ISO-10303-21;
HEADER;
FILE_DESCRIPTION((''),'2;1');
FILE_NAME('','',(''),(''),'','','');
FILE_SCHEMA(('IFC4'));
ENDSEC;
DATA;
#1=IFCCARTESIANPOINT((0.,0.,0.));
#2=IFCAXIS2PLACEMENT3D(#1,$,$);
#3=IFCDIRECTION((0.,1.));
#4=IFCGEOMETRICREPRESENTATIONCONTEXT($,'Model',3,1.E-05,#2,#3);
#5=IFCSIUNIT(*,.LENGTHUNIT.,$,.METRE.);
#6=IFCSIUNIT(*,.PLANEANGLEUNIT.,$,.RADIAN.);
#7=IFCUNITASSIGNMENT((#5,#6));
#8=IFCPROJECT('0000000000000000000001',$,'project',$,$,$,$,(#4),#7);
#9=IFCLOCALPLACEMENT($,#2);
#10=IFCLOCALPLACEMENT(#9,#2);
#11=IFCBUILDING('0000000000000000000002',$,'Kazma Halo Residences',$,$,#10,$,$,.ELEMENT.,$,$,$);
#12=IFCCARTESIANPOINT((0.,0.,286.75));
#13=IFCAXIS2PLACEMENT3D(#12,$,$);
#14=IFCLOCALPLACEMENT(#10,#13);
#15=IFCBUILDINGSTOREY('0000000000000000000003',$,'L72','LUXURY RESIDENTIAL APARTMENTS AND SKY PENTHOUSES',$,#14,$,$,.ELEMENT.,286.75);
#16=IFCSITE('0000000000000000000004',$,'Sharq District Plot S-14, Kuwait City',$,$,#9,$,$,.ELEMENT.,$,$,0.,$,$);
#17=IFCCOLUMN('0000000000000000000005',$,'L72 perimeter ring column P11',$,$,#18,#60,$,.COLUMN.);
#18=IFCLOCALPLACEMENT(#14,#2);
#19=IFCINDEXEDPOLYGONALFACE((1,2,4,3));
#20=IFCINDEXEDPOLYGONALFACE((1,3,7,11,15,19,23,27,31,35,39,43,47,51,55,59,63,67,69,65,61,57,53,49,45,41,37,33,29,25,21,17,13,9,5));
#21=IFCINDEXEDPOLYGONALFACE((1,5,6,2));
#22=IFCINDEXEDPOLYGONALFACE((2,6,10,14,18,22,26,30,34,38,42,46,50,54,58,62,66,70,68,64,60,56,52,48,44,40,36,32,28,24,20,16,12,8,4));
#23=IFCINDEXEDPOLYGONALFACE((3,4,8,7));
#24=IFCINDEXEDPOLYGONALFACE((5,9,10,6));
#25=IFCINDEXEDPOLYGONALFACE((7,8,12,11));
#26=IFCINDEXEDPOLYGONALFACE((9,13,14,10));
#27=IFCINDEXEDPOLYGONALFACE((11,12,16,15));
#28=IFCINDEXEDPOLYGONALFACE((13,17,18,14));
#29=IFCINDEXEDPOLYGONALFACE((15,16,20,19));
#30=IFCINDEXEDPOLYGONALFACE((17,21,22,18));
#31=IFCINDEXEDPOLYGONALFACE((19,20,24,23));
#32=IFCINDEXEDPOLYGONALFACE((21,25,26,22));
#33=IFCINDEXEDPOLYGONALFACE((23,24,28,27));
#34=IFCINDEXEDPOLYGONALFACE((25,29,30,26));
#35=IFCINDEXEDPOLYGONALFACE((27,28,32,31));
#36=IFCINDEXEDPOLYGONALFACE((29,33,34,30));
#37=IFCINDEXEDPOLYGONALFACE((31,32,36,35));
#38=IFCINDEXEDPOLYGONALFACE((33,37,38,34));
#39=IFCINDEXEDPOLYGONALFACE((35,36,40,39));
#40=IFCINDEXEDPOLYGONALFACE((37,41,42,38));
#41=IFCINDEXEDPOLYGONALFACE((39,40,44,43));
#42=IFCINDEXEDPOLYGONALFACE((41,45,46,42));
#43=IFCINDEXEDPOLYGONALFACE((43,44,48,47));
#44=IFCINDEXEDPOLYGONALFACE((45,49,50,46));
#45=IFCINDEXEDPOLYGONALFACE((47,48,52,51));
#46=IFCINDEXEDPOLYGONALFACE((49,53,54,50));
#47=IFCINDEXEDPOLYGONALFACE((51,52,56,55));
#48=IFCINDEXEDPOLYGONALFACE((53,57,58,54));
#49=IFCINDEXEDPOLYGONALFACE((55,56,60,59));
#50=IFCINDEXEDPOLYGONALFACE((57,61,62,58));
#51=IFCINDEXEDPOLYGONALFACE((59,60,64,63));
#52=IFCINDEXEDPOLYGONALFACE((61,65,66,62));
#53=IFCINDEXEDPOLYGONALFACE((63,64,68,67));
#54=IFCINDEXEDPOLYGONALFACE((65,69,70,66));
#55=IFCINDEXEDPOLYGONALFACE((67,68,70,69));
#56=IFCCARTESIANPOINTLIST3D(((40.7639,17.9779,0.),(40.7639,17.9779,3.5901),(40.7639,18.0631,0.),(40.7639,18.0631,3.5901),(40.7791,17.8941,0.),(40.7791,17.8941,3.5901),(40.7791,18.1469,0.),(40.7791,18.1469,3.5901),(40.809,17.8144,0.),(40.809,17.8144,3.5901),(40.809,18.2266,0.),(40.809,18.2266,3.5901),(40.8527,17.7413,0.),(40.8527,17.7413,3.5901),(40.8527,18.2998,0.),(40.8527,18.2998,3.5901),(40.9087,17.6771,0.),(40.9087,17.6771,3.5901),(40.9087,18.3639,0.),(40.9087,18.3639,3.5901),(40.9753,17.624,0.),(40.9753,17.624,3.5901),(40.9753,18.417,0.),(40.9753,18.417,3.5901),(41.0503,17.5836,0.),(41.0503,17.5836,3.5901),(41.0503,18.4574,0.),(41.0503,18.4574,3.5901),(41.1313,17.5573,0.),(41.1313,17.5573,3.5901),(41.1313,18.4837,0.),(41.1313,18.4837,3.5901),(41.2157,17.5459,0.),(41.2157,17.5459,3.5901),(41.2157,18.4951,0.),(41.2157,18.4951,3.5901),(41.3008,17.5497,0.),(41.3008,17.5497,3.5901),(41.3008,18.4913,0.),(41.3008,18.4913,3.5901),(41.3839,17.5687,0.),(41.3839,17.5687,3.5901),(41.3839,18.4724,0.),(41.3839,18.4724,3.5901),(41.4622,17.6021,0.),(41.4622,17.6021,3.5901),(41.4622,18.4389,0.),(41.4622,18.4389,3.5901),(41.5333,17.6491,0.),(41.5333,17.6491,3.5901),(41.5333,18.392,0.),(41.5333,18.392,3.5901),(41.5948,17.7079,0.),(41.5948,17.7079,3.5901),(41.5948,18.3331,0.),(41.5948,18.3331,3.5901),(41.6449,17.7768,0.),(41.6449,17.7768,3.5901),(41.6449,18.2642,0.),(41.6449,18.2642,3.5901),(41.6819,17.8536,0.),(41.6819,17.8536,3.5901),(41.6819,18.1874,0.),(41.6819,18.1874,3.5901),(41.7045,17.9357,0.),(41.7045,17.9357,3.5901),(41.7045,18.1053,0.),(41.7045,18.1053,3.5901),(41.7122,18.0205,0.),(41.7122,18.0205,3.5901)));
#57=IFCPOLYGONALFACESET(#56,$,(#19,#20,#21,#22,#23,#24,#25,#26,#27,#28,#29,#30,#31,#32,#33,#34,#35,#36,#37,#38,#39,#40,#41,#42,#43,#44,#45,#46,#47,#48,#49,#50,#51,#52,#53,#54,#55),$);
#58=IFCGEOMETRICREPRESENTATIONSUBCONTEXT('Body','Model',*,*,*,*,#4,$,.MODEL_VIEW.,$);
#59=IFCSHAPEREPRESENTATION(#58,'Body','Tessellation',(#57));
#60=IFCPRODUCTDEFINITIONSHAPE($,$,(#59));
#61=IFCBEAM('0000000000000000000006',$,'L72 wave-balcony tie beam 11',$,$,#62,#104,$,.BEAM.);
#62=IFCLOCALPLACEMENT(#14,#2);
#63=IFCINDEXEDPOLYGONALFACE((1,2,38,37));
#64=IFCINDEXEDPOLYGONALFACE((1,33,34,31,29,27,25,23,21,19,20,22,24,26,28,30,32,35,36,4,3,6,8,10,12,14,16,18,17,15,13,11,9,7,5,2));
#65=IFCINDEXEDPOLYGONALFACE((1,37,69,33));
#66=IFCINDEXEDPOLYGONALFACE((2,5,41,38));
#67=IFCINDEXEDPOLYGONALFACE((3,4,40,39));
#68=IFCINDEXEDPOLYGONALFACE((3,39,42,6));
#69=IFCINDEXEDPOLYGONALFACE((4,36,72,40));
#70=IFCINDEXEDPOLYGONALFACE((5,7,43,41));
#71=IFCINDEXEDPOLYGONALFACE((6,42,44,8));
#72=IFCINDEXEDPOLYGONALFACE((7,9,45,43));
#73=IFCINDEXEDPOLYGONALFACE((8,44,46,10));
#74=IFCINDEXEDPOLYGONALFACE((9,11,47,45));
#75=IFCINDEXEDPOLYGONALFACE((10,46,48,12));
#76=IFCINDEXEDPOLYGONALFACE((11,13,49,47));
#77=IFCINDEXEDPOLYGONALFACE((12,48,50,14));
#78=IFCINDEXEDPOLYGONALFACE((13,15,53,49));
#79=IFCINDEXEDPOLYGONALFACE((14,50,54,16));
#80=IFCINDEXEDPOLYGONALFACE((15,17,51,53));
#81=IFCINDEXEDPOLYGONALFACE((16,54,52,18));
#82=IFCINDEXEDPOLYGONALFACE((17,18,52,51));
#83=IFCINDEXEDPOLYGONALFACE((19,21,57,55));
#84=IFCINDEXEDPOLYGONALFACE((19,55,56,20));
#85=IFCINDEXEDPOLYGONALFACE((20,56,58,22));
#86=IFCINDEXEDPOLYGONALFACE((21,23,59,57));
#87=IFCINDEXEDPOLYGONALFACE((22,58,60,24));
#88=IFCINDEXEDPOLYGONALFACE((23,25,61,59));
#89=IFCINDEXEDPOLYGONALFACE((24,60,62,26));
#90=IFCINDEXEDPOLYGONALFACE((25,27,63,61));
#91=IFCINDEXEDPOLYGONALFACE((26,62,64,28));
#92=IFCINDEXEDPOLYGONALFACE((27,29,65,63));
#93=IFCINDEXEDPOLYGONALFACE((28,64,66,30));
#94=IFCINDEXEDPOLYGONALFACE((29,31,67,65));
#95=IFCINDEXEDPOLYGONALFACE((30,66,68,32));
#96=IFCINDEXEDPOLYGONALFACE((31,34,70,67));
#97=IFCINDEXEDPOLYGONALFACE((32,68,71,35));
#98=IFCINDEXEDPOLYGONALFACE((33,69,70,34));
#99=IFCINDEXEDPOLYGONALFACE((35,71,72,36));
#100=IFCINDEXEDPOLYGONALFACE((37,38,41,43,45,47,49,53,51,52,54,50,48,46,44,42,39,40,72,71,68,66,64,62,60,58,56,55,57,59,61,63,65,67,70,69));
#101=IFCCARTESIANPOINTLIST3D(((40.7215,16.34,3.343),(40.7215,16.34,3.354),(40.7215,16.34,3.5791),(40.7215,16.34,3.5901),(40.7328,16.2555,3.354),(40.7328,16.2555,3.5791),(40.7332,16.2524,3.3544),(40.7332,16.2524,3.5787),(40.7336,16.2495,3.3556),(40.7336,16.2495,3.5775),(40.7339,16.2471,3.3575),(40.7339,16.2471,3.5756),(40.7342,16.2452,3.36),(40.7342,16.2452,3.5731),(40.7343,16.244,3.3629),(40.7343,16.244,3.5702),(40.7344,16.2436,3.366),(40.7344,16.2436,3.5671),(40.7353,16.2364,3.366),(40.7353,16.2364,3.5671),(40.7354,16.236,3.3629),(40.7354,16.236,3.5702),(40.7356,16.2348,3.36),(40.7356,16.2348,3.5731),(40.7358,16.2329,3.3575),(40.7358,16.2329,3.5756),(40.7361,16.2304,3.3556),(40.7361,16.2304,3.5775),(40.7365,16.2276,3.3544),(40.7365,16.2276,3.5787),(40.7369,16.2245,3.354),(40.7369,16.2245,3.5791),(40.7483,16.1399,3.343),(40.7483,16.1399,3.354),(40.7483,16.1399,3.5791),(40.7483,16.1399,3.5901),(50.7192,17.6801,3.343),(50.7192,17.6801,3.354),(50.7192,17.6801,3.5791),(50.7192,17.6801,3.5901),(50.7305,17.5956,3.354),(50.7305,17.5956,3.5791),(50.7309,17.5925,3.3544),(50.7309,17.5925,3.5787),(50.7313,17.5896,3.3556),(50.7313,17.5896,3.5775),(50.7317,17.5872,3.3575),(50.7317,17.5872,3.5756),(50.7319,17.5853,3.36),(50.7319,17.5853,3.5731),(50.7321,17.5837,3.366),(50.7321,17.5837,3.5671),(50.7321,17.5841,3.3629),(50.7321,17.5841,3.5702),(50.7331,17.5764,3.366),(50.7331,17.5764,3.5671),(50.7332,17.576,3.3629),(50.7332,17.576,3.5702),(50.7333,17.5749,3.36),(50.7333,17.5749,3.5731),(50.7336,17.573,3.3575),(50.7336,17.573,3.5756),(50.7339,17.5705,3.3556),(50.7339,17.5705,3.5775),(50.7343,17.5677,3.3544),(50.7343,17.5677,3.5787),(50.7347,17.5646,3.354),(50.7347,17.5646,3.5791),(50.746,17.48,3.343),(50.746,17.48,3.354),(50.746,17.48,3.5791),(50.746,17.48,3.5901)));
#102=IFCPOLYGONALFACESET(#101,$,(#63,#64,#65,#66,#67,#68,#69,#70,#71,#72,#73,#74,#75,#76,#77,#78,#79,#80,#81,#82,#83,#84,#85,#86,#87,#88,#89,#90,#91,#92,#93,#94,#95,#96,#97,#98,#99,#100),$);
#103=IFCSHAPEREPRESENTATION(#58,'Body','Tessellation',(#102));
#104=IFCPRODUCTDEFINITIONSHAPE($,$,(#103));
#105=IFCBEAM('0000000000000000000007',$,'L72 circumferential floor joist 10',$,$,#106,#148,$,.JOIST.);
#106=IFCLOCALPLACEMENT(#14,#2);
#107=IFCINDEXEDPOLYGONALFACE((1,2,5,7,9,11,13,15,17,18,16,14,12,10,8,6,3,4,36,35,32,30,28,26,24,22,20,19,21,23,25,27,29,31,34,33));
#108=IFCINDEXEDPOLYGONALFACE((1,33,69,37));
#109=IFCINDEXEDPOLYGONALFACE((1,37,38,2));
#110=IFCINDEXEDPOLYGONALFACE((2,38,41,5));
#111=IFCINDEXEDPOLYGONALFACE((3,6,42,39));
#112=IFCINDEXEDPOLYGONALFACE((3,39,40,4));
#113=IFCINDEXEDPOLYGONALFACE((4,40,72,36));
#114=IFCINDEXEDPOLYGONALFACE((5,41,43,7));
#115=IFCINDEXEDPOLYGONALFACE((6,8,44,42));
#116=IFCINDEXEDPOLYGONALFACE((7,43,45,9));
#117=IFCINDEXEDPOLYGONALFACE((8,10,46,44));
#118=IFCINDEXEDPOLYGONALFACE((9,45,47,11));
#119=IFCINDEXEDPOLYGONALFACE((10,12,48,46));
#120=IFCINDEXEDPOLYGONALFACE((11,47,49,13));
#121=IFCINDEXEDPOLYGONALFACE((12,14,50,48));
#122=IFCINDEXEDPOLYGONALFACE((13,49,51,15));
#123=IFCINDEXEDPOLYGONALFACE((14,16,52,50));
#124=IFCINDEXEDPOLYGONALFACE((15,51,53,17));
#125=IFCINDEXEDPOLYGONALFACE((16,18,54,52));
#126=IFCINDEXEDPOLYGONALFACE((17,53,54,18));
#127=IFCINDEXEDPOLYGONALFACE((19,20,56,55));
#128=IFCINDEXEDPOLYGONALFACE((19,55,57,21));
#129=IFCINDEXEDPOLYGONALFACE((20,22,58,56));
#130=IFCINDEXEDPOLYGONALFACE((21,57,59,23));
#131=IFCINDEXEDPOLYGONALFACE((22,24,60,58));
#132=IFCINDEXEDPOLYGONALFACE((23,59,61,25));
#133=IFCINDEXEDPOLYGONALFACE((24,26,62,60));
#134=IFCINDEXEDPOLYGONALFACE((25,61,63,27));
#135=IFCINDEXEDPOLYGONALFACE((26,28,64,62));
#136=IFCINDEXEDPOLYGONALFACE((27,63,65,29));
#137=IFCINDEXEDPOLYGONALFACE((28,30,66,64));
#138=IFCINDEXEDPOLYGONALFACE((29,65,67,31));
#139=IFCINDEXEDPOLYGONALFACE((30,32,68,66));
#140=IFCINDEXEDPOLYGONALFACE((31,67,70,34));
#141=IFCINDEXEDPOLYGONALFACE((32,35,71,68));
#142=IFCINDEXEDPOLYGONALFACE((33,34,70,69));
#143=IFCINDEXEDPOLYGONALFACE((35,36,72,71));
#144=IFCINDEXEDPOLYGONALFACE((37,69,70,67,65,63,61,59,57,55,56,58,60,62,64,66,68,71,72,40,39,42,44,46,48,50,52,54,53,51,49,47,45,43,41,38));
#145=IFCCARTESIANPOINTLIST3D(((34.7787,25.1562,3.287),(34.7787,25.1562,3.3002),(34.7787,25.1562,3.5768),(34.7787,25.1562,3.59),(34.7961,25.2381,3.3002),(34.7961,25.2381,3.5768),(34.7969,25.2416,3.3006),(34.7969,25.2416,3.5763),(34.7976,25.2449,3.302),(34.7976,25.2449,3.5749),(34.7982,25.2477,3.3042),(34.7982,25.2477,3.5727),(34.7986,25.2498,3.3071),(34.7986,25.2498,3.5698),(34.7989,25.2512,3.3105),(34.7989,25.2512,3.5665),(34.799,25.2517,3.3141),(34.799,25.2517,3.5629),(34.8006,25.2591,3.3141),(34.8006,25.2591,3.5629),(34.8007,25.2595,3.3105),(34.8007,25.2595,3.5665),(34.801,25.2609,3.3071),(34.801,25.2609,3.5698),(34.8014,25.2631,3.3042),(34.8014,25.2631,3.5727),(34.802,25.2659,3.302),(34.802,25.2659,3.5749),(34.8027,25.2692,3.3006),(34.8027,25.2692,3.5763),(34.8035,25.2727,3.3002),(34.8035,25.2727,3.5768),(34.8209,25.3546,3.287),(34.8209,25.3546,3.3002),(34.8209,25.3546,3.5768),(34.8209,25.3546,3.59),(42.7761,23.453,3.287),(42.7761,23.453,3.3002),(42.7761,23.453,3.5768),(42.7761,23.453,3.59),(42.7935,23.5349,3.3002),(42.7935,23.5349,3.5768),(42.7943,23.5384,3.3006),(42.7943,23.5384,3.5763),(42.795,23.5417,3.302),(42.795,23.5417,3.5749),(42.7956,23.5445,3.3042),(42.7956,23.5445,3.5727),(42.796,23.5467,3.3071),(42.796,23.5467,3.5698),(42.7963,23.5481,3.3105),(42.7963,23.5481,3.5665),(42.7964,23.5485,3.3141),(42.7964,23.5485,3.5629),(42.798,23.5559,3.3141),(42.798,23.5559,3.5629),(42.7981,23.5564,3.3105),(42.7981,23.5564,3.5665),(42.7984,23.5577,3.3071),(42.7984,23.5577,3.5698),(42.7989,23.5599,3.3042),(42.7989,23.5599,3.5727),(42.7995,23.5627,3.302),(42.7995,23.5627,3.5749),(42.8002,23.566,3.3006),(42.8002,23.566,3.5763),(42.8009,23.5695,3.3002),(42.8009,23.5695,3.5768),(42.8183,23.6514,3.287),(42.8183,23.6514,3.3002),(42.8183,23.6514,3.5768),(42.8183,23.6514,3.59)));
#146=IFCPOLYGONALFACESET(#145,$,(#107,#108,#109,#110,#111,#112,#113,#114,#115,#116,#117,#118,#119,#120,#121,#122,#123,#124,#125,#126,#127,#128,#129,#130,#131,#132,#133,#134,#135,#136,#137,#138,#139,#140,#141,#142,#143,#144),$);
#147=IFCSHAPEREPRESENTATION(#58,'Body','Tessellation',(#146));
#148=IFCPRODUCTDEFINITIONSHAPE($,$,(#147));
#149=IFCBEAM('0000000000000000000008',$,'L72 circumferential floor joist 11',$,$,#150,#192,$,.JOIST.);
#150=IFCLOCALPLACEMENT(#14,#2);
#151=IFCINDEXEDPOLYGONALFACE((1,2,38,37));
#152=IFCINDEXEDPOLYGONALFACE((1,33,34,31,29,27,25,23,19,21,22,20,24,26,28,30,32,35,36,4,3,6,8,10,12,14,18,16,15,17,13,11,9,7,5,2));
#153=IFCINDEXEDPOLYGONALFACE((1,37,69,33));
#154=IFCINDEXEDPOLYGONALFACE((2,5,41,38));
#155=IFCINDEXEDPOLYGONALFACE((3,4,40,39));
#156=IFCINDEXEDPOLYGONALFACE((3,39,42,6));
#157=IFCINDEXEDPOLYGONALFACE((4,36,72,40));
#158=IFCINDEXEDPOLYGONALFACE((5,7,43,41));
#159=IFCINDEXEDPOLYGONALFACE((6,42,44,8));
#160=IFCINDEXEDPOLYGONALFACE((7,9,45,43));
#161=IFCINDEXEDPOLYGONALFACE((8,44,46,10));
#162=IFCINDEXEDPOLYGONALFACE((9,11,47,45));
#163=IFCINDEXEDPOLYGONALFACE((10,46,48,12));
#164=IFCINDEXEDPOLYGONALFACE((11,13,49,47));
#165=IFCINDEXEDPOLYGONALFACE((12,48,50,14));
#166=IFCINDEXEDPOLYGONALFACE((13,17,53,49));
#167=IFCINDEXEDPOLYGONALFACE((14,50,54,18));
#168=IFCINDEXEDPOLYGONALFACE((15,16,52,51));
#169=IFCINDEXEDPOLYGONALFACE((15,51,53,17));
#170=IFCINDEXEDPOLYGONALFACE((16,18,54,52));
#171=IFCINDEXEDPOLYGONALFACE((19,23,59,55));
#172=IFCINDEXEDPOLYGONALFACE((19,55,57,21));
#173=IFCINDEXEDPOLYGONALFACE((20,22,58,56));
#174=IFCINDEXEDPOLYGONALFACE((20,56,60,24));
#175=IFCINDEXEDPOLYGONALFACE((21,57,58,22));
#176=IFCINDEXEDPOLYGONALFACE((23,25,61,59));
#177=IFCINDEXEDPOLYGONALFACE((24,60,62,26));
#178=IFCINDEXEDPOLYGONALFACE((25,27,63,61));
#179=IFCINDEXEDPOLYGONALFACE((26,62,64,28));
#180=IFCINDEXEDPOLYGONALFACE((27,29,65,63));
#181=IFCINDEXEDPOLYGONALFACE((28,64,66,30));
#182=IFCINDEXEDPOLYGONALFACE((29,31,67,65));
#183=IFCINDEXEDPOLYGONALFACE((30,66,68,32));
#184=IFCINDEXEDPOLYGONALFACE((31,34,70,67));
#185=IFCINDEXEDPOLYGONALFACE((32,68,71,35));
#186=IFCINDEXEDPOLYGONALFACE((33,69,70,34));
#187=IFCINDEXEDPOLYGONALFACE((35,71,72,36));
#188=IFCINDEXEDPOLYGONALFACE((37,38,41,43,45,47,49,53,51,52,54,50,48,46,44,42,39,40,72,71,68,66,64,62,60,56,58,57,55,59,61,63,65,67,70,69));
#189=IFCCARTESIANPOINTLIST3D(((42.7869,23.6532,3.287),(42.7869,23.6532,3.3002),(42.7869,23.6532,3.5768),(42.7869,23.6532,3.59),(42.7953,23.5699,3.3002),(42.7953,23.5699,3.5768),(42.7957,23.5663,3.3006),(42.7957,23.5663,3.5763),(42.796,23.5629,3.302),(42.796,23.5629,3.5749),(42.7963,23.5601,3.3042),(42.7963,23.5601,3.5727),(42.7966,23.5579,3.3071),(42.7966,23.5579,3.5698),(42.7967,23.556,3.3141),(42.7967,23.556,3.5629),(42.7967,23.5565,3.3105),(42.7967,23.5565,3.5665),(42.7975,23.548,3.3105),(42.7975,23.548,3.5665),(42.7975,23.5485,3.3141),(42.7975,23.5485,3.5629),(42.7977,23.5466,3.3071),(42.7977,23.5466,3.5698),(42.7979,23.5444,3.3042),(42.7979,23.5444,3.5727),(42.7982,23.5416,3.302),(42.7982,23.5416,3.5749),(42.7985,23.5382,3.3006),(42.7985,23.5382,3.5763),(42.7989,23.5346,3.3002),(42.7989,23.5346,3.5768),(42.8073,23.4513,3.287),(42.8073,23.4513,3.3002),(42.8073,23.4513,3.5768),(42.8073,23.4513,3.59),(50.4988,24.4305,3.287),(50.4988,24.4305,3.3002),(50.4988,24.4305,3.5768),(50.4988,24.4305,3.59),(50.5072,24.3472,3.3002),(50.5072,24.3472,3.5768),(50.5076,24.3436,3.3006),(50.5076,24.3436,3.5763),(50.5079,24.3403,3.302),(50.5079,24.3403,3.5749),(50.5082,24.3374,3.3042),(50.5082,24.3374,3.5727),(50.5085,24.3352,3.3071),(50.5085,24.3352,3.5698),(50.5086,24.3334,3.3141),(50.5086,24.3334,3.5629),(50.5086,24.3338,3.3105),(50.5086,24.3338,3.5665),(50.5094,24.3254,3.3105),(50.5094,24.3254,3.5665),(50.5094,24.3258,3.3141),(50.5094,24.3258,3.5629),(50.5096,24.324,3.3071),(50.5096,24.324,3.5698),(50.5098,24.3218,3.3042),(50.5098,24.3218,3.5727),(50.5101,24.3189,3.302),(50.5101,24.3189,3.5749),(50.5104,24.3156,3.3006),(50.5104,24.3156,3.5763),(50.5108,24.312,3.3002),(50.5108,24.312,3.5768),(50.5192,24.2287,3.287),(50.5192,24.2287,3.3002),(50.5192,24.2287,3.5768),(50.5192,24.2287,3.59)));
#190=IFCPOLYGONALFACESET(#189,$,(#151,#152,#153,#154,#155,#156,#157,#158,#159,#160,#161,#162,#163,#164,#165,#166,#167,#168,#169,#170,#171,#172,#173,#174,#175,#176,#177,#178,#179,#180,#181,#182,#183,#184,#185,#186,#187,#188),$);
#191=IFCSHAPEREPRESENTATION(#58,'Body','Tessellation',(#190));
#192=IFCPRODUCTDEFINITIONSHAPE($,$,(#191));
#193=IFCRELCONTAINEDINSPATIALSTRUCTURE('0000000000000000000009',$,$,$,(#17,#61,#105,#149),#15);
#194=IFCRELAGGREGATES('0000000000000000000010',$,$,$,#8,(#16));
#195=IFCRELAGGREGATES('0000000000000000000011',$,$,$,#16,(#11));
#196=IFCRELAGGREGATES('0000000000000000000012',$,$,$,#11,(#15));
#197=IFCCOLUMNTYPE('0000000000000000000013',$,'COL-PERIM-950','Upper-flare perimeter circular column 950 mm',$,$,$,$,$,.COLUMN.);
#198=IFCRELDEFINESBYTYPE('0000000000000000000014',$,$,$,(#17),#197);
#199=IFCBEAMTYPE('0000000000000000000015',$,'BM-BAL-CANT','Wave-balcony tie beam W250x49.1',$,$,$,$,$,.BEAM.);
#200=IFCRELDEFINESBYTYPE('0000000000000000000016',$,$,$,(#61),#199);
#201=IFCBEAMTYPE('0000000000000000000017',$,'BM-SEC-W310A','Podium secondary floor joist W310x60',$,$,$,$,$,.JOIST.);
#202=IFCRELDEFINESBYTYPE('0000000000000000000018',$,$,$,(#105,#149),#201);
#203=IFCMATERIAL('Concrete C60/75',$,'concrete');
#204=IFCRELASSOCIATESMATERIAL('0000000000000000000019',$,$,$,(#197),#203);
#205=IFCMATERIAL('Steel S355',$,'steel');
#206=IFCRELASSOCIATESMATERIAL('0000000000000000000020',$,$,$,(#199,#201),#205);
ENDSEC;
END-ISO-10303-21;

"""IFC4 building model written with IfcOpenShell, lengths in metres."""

from ifc_helpers import new_model, si_unit, direction, frame, origin, origin_2d, place, context, subcontext, project, spatial, circle, i_section, extrude, material, material_profile, profile_set, type_object, element, save


model = new_model("IFC4")

# Units and contexts
model_context = context("Model", 3, precision=1e-05, world=origin(), true_north=direction((0.0, 1.0)))
body_context = subcontext(model_context, "Body", "Model", "MODEL_VIEW")
ifc_project = project(units=[si_unit("LENGTHUNIT", "METRE"), si_unit("PLANEANGLEUNIT", "RADIAN")], contexts=[model_context])

# Site, building, storey
site_placement = place(None, origin())
site = spatial("IfcSite", under=ifc_project, at=site_placement, Name="Sharq District Plot S-14, Kuwait City", CompositionType="ELEMENT", RefElevation=0.0)
building_placement = place(site_placement, origin())
building = spatial("IfcBuilding", under=site, at=building_placement, Name="Kazma Halo Residences", CompositionType="ELEMENT")
storey_placement = place(building_placement, frame((0.0, 0.0, 286.75)))
storey = spatial("IfcBuildingStorey", under=building, at=storey_placement, Name="L72", Description="LUXURY RESIDENTIAL APARTMENTS AND SKY PENTHOUSES", CompositionType="ELEMENT", Elevation=286.75)

# Column
ifc_material_1 = material(Name="Concrete C60/75", Category="concrete")
ifc_material_profile_1 = material_profile(ifc_material_1, circle(Radius=0.4751, at=origin_2d()), Name="CIRC950")
ifc_profile_set_1 = profile_set([ifc_material_profile_1], Name="Concrete C60/75")
column_type = type_object("IfcColumnType", Name="COL-PERIM-950", Description="Upper-flare perimeter circular column 950 mm", PredefinedType="COLUMN", material=ifc_profile_set_1)
column_placement = place(storey_placement, frame((41.2371, 18.0205, 0.0), z_axis=(0.0, 0.0, 1.0), x_axis=(1.0, 0.0, 0.0)))
element("IfcColumn", 1, at=column_placement, inside=storey, type_object=column_type, Name="L72 perimeter ring column P11", PredefinedType="COLUMN", context=body_context, shape_type="SweptSolid", body=[
    extrude(circle(Radius=0.4751, at=origin_2d()), origin(), (0.0, 0.0, 1.0), 3.5901),
])

# Beams
ifc_material_2 = material(Name="Steel S355", Category="steel")
ifc_material_profile_2 = material_profile(ifc_material_2, i_section(OverallWidth=0.2019, OverallDepth=0.2471, WebThickness=0.0073, FlangeThickness=0.011, FilletRadius=0.012, at=origin_2d()), Name="W250x49.1")
ifc_profile_set_2 = profile_set([ifc_material_profile_2], Name="Steel S355")
beam_type_1 = type_object("IfcBeamType", Name="BM-BAL-CANT", Description="Wave-balcony tie beam W250x49.1", PredefinedType="BEAM", material=ifc_profile_set_2)
beam_1_placement = place(storey_placement, frame((40.7349, 16.24, 3.4666), z_axis=(0.991136, 0.13285, 0.0), x_axis=(-0.13285, 0.991136, 0.0)))
element("IfcBeam", 2, at=beam_1_placement, inside=storey, type_object=beam_type_1, Name="L72 wave-balcony tie beam 11", PredefinedType="BEAM", context=body_context, shape_type="SweptSolid", body=[
    extrude(i_section(OverallWidth=0.2019, OverallDepth=0.2471, WebThickness=0.0073, FlangeThickness=0.011, FilletRadius=0.012, at=origin_2d()), origin(), (0.0, 0.0, 1.0), 10.0872),
])
ifc_material_profile_3 = material_profile(ifc_material_2, i_section(OverallWidth=0.2029, OverallDepth=0.303, WebThickness=0.0076, FlangeThickness=0.0132, FilletRadius=0.0139, at=origin_2d()), Name="W310x60")
ifc_profile_set_3 = profile_set([ifc_material_profile_3], Name="Steel S355")
beam_type_2 = type_object("IfcBeamType", Name="BM-SEC-W310A", Description="Podium secondary floor joist W310x60", PredefinedType="JOIST", material=ifc_profile_set_3)
beam_2_placement = place(storey_placement, frame((34.7998, 25.2554, 3.4385), z_axis=(0.978067, -0.208291, 0.0), x_axis=(0.208291, 0.978067, 0.0)))
element("IfcBeam", 3, at=beam_2_placement, inside=storey, type_object=beam_type_2, Name="L72 circumferential floor joist 10", PredefinedType="JOIST", context=body_context, shape_type="SweptSolid", body=[
    extrude(i_section(OverallWidth=0.2029, OverallDepth=0.303, WebThickness=0.0076, FlangeThickness=0.0132, FilletRadius=0.0139, at=origin_2d()), origin(), (0.0, 0.0, 1.0), 8.1768),
])
beam_3_placement = place(storey_placement, frame((42.7971, 23.5522, 3.4385), z_axis=(0.994958, 0.10029, 0.0), x_axis=(-0.10029, 0.994958, 0.0)))
element("IfcBeam", 4, at=beam_3_placement, inside=storey, type_object=beam_type_2, Name="L72 circumferential floor joist 11", PredefinedType="JOIST", context=body_context, shape_type="SweptSolid", body=[
    extrude(i_section(OverallWidth=0.2029, OverallDepth=0.303, WebThickness=0.0076, FlangeThickness=0.0132, FilletRadius=0.0139, at=origin_2d()), origin(), (0.0, 0.0, 1.0), 7.751),
])

save(model, "model.ifc")
